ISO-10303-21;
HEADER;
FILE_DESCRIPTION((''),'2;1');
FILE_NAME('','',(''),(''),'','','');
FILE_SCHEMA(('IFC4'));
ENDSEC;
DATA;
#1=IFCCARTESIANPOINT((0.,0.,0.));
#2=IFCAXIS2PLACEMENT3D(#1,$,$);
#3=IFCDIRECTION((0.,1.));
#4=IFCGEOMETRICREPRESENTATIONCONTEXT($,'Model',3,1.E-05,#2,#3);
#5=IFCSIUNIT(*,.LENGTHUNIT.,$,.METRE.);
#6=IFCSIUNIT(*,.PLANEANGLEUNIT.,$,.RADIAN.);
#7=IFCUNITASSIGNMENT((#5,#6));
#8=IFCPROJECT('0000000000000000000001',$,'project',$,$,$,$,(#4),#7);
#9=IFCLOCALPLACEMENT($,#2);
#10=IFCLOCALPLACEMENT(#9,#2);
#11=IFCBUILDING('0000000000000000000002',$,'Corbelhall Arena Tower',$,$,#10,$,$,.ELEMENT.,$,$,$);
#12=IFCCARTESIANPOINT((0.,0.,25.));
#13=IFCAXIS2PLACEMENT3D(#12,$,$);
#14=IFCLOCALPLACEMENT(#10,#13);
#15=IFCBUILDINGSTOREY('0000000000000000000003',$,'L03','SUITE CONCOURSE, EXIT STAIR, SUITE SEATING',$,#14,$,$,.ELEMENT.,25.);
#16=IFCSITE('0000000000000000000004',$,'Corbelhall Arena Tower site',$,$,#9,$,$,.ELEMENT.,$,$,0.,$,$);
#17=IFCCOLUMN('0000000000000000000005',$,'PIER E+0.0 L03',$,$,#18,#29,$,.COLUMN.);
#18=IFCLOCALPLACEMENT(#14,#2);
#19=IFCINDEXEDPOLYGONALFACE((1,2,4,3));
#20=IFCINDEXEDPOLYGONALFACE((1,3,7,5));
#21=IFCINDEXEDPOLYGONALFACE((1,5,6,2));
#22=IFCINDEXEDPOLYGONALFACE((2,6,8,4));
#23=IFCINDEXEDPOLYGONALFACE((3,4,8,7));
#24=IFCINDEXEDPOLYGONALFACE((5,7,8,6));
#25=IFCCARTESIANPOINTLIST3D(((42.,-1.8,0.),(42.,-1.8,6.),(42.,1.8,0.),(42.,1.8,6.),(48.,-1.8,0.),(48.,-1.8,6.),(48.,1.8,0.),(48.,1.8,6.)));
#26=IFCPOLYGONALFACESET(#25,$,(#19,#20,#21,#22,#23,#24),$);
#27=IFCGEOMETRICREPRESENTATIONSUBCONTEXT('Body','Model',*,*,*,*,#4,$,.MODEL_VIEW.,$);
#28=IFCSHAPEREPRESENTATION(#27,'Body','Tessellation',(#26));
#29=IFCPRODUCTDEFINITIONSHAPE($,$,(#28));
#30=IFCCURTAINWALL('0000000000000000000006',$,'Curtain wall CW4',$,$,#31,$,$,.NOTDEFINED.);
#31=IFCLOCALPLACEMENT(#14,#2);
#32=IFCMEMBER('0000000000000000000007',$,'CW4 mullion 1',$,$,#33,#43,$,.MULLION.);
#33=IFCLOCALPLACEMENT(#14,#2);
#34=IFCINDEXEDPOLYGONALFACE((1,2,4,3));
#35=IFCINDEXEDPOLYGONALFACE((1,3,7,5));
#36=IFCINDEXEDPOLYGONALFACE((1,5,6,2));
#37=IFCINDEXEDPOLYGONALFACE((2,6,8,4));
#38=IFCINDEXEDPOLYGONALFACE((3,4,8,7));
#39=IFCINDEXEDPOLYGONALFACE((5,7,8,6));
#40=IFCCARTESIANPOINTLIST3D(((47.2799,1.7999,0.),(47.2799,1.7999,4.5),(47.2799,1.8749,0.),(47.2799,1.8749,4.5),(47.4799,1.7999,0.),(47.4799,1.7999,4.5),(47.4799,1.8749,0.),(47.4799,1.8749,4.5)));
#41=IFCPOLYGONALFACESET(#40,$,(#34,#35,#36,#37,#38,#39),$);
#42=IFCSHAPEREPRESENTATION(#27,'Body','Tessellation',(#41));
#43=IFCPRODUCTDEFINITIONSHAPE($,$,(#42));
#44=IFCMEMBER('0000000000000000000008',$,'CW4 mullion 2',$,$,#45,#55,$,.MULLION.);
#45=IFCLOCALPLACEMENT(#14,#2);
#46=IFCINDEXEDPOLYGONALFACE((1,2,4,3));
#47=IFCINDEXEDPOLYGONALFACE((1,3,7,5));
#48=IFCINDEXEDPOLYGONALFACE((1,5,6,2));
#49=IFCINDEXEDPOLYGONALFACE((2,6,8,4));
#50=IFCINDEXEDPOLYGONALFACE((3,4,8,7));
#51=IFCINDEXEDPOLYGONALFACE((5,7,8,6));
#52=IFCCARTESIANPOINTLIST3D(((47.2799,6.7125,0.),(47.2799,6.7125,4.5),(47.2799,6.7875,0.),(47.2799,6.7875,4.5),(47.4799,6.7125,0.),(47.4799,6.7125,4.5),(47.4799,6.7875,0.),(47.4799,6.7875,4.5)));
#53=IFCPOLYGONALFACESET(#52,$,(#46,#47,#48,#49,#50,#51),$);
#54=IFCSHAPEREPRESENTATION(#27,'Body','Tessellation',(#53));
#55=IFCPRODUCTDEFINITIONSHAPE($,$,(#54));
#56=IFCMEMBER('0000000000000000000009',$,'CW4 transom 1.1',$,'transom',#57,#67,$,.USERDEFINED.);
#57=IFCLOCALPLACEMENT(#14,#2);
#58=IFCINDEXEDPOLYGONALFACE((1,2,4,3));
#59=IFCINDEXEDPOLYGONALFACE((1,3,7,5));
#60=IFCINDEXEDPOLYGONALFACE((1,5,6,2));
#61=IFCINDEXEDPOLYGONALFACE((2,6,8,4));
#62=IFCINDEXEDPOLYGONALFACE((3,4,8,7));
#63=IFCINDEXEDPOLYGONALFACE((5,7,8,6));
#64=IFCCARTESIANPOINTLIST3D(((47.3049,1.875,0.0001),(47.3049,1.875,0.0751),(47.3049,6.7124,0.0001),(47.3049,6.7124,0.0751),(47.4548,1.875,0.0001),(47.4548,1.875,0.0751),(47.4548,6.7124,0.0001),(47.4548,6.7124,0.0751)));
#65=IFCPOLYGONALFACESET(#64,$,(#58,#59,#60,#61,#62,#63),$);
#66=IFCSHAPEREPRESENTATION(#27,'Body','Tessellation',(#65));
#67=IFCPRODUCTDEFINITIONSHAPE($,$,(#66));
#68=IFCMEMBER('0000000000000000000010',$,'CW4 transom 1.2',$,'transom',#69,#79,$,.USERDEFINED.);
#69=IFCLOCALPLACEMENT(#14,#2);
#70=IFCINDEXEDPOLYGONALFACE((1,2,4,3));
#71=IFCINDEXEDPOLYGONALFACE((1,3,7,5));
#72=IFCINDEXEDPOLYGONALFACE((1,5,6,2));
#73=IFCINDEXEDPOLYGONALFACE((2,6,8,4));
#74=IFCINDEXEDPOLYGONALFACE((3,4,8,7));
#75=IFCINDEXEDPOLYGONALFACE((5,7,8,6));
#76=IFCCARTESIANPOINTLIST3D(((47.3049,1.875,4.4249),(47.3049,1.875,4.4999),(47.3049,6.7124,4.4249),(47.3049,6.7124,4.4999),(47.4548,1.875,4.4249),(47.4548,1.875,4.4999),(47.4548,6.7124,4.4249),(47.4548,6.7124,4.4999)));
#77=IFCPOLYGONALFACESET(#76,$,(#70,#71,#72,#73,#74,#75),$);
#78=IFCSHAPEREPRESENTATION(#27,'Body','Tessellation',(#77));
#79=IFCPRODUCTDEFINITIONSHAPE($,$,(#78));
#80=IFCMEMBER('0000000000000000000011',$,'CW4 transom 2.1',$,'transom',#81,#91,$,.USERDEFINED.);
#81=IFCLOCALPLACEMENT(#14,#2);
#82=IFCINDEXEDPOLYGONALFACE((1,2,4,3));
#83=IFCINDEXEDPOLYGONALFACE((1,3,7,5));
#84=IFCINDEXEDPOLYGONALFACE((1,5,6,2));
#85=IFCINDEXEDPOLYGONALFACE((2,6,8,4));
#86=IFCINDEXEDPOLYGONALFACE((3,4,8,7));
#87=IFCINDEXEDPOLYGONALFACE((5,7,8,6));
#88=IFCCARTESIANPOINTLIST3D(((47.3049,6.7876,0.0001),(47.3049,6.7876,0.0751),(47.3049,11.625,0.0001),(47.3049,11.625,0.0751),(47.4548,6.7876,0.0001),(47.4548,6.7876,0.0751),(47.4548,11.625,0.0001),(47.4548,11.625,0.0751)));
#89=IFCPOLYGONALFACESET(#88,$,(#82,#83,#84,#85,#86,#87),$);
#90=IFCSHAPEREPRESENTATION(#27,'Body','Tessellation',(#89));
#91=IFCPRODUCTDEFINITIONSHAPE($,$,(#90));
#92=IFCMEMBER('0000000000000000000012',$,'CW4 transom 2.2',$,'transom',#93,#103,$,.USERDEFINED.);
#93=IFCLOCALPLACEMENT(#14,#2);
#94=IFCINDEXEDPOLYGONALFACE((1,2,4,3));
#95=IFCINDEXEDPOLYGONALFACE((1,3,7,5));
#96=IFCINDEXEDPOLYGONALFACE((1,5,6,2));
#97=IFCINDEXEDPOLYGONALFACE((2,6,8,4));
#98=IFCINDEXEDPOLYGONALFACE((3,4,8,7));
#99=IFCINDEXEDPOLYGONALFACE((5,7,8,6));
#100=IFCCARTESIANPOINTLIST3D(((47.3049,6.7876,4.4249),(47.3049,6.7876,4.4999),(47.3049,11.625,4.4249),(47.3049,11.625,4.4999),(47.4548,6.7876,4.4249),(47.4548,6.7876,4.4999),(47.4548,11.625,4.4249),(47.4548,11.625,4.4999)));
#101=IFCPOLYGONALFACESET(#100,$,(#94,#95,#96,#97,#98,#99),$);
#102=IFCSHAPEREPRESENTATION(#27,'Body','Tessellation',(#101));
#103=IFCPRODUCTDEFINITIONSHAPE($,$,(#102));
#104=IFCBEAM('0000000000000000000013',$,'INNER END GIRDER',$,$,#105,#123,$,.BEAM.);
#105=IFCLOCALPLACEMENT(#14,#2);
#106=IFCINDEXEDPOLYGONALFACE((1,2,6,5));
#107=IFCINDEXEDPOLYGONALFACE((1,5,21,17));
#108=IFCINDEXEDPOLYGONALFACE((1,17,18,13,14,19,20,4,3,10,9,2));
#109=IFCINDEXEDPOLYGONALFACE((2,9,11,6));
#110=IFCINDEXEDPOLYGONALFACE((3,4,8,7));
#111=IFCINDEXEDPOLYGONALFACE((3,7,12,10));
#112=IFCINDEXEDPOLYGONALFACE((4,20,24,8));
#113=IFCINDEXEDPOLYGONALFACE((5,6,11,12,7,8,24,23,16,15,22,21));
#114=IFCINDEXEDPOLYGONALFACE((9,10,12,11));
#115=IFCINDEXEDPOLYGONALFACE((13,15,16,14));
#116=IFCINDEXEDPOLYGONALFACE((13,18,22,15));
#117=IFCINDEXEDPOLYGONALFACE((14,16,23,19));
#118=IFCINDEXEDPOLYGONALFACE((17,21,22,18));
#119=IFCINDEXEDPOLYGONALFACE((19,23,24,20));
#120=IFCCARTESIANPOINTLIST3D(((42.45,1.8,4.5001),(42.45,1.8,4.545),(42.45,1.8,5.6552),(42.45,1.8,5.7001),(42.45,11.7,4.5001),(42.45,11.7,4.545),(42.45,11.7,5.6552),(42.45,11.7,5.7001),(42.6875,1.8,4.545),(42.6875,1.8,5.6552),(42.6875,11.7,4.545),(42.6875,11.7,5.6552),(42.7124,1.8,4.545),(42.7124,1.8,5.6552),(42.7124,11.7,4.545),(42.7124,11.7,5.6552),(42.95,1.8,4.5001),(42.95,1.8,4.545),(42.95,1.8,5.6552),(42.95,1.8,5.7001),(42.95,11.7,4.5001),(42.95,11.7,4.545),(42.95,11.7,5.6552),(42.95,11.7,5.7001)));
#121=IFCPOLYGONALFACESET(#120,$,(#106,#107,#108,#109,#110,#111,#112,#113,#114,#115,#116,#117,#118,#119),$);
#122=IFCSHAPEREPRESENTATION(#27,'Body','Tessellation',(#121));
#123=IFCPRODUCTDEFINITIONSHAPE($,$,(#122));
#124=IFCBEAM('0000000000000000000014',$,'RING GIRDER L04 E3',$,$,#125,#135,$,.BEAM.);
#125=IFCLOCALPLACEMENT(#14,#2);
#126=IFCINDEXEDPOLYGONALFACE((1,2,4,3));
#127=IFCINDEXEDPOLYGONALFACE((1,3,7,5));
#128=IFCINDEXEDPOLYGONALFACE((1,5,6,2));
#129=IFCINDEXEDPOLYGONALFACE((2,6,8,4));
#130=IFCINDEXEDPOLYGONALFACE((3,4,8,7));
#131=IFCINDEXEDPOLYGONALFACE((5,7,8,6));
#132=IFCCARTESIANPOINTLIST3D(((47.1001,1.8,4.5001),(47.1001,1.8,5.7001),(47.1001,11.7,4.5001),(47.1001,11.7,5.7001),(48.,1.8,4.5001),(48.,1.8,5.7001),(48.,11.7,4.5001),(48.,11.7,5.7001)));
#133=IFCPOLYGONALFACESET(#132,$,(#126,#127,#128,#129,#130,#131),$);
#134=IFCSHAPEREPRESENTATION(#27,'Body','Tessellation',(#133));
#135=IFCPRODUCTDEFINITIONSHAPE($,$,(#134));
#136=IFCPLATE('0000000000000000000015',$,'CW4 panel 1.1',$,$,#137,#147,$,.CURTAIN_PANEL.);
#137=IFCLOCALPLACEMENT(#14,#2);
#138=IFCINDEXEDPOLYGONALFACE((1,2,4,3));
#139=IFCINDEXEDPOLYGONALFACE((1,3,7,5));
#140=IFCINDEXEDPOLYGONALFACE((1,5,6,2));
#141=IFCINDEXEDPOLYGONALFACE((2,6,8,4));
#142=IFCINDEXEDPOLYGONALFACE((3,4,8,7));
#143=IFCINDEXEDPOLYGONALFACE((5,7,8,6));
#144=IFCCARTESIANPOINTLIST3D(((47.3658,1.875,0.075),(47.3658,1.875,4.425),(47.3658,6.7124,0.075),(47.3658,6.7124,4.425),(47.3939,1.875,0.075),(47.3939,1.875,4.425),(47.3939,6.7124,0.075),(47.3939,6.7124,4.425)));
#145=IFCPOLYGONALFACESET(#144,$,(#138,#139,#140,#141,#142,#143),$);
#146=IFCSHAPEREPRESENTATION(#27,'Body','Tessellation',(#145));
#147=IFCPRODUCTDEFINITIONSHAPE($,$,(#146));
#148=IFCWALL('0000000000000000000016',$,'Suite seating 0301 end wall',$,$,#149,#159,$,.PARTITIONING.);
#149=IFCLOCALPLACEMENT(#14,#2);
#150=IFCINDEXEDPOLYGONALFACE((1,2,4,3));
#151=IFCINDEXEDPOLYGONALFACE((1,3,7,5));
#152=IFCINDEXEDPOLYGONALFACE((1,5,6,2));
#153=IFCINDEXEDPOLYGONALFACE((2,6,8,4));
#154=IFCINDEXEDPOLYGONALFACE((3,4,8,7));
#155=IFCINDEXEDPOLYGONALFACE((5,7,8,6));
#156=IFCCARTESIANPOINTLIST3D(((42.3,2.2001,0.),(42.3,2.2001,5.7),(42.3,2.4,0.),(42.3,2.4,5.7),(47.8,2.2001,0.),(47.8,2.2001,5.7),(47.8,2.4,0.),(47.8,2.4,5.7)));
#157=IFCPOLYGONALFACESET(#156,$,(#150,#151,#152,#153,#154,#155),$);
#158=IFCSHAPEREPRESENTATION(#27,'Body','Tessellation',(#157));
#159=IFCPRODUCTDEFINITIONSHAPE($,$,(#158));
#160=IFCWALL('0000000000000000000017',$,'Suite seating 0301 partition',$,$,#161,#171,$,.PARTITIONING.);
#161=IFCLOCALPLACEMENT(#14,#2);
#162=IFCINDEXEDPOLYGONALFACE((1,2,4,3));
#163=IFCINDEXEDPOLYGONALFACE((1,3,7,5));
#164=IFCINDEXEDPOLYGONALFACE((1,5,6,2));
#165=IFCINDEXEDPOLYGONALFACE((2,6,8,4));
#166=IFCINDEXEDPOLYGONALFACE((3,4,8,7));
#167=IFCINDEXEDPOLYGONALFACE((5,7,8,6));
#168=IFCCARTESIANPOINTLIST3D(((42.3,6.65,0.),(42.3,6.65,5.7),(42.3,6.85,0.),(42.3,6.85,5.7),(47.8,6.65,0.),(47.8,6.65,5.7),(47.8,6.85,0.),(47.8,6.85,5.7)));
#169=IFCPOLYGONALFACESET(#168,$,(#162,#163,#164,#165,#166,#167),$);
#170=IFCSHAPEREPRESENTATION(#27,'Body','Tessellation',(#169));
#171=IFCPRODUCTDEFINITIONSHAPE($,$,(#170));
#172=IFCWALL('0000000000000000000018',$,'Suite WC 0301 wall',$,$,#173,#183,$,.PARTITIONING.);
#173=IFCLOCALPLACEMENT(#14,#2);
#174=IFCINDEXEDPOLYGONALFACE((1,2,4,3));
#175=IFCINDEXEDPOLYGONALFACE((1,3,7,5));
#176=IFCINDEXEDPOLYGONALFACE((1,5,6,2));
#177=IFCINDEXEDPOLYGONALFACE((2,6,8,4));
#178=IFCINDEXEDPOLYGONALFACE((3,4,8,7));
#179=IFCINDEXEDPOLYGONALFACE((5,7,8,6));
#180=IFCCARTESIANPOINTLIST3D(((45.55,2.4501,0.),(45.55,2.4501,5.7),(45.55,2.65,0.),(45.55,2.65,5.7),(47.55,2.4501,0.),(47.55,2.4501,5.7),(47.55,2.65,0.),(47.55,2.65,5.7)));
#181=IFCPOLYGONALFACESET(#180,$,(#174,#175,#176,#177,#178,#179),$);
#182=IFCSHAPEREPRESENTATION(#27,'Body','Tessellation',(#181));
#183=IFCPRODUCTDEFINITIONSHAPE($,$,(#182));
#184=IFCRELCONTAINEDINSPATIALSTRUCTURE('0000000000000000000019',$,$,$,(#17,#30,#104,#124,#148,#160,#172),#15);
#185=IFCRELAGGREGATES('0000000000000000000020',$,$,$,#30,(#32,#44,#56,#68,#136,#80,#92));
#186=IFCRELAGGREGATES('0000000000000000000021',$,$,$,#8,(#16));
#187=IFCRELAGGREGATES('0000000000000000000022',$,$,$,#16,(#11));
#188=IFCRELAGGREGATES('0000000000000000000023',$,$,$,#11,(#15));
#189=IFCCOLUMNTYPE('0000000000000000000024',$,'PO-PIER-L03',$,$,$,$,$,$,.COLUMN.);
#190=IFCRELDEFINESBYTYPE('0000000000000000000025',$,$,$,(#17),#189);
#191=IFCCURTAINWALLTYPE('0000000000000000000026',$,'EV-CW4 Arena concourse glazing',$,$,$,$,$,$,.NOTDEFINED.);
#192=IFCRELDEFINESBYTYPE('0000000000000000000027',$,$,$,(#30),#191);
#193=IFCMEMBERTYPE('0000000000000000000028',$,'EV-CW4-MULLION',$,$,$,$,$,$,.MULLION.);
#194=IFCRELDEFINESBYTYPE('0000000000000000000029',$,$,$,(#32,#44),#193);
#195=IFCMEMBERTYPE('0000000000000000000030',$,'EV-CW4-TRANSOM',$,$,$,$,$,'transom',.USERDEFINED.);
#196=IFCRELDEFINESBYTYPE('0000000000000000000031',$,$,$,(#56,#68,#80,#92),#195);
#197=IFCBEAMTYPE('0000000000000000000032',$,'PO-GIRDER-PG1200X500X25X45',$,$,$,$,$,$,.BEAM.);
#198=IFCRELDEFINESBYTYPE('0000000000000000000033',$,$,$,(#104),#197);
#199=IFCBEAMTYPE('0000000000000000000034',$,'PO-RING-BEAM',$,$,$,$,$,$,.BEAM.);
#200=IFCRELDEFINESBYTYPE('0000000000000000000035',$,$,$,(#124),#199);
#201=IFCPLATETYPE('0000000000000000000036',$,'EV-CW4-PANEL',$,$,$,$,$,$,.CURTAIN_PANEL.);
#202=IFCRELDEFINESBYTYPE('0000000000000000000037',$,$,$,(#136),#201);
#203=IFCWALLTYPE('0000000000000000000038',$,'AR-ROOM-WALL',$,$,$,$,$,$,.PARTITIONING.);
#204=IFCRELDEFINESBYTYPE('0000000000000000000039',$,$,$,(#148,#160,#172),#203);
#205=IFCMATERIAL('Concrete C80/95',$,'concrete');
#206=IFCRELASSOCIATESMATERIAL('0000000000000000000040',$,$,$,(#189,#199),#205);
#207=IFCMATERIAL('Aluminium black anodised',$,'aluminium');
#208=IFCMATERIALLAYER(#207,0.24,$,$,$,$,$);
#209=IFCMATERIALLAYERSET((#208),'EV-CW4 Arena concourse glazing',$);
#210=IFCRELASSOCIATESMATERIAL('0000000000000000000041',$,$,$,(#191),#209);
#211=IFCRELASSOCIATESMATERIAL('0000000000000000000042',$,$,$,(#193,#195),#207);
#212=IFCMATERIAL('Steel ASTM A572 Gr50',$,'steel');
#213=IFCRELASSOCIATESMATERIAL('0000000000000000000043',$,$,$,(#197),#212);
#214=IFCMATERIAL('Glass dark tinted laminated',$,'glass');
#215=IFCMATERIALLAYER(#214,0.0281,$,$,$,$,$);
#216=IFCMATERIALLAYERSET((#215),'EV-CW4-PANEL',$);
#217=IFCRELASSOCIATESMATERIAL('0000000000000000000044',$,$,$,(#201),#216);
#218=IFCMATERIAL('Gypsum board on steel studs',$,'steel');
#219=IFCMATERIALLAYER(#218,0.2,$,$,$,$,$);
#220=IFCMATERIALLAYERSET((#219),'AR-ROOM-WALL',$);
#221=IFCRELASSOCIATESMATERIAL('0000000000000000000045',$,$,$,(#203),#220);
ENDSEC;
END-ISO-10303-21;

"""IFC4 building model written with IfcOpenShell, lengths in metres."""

from ifc_helpers import new_model, si_unit, direction, frame, frame_2d, origin, origin_2d, place, context, subcontext, project, spatial, rectangle, i_section, extrude, material, layer, layer_set, material_profile, profile_set, type_object, element, aggregate, save


model = new_model("IFC4")

# Units and contexts
model_context = context("Model", 3, precision=1e-05, world=origin(), true_north=direction((0.0, 1.0)))
body_context = subcontext(model_context, "Body", "Model", "MODEL_VIEW")
ifc_project = project(units=[si_unit("LENGTHUNIT", "METRE"), si_unit("PLANEANGLEUNIT", "RADIAN")], contexts=[model_context])

# Site, building, storey
site_placement = place(None, origin())
site = spatial("IfcSite", under=ifc_project, at=site_placement, Name="Corbelhall Arena Tower site", CompositionType="ELEMENT", RefElevation=0.0)
building_placement = place(site_placement, origin())
building = spatial("IfcBuilding", under=site, at=building_placement, Name="Corbelhall Arena Tower", CompositionType="ELEMENT")
storey_placement = place(building_placement, frame((0.0, 0.0, 25.0)))
storey = spatial("IfcBuildingStorey", under=building, at=storey_placement, Name="L03", Description="SUITE CONCOURSE, EXIT STAIR, SUITE SEATING", CompositionType="ELEMENT", Elevation=25.0)

# Column
ifc_material_1 = material(Name="Concrete C80/95", Category="concrete")
ifc_material_profile_1 = material_profile(ifc_material_1, rectangle(XDim=3.6001, YDim=6.0, at=origin_2d()))
ifc_profile_set_1 = profile_set([ifc_material_profile_1], Name="Concrete C80/95")
column_type = type_object("IfcColumnType", Name="PO-PIER-L03", PredefinedType="COLUMN", material=ifc_profile_set_1)
column_placement = place(storey_placement, frame((45.0, 0.0, 0.0), z_axis=(0.0, 0.0, 1.0), x_axis=(0.0, 1.0, 0.0)))
element("IfcColumn", 1, at=column_placement, inside=storey, type_object=column_type, Name="PIER E+0.0 L03", PredefinedType="COLUMN", context=body_context, shape_type="SweptSolid", body=[
    extrude(rectangle(XDim=3.6001, YDim=6.0, at=origin_2d()), origin(), (0.0, 0.0, 1.0), 6.0),
])

# Curtain wall, members
ifc_material_2 = material(Name="Aluminium black anodised", Category="aluminium")
ifc_layer_1 = layer(ifc_material_2, 0.24)
ifc_layer_set_1 = layer_set([ifc_layer_1], Name="EV-CW4 Arena concourse glazing")
curtain_wall_type = type_object("IfcCurtainWallType", Name="EV-CW4 Arena concourse glazing", PredefinedType="NOTDEFINED", material=ifc_layer_set_1)
curtain_wall_placement = place(storey_placement, origin())
curtain_wall = element("IfcCurtainWall", 2, at=curtain_wall_placement, inside=storey, type_object=curtain_wall_type, Name="Curtain wall CW4", PredefinedType="NOTDEFINED")
ifc_material_profile_2 = material_profile(ifc_material_2, rectangle(XDim=0.2, YDim=0.075, at=origin_2d()))
ifc_profile_set_2 = profile_set([ifc_material_profile_2], Name="Aluminium black anodised")
member_type_1 = type_object("IfcMemberType", Name="EV-CW4-MULLION", PredefinedType="MULLION", material=ifc_profile_set_2)
member_1_placement = place(storey_placement, frame((47.3799, 1.8374, 0.0), z_axis=(0.0, 0.0, 1.0), x_axis=(-1.0, 0.0, 0.0)))
member_1 = element("IfcMember", 3, at=member_1_placement, type_object=member_type_1, Name="CW4 mullion 1", PredefinedType="MULLION", context=body_context, shape_type="SweptSolid", body=[
    extrude(rectangle(XDim=0.2, YDim=0.075, at=origin_2d()), origin(), (0.0, 0.0, 1.0), 4.5),
])
member_2_placement = place(storey_placement, frame((47.3799, 6.75, 0.0), z_axis=(0.0, 0.0, 1.0), x_axis=(-1.0, 0.0, 0.0)))
member_2 = element("IfcMember", 4, at=member_2_placement, type_object=member_type_1, Name="CW4 mullion 2", PredefinedType="MULLION", context=body_context, shape_type="SweptSolid", body=[
    extrude(rectangle(XDim=0.2, YDim=0.075, at=origin_2d()), origin(), (0.0, 0.0, 1.0), 4.5),
])
ifc_material_profile_3 = material_profile(ifc_material_2, rectangle(XDim=0.1499, YDim=0.075, at=origin_2d()))
ifc_profile_set_3 = profile_set([ifc_material_profile_3], Name="Aluminium black anodised")
member_type_2 = type_object("IfcMemberType", Name="EV-CW4-TRANSOM", ElementType="transom", PredefinedType="USERDEFINED", material=ifc_profile_set_3)
member_3_placement = place(storey_placement, frame((47.3799, 1.875, 0.0376), z_axis=(0.0, 1.0, 0.0), x_axis=(-1.0, 0.0, 0.0)))
member_3 = element("IfcMember", 5, at=member_3_placement, type_object=member_type_2, Name="CW4 transom 1.1", ObjectType="transom", PredefinedType="USERDEFINED", context=body_context, shape_type="SweptSolid", body=[
    extrude(rectangle(XDim=0.1499, YDim=0.075, at=origin_2d()), origin(), (0.0, 0.0, 1.0), 4.8374),
])
member_4_placement = place(storey_placement, frame((47.3799, 1.875, 4.4624), z_axis=(0.0, 1.0, 0.0), x_axis=(-1.0, 0.0, 0.0)))
member_4 = element("IfcMember", 6, at=member_4_placement, type_object=member_type_2, Name="CW4 transom 1.2", ObjectType="transom", PredefinedType="USERDEFINED", context=body_context, shape_type="SweptSolid", body=[
    extrude(rectangle(XDim=0.1499, YDim=0.075, at=origin_2d()), origin(), (0.0, 0.0, 1.0), 4.8374),
])
member_5_placement = place(storey_placement, frame((47.3799, 6.7876, 0.0376), z_axis=(0.0, 1.0, 0.0), x_axis=(-1.0, 0.0, 0.0)))
member_5 = element("IfcMember", 7, at=member_5_placement, type_object=member_type_2, Name="CW4 transom 2.1", ObjectType="transom", PredefinedType="USERDEFINED", context=body_context, shape_type="SweptSolid", body=[
    extrude(rectangle(XDim=0.1499, YDim=0.075, at=origin_2d()), origin(), (0.0, 0.0, 1.0), 4.8374),
])
member_6_placement = place(storey_placement, frame((47.3799, 6.7876, 4.4624), z_axis=(0.0, 1.0, 0.0), x_axis=(-1.0, 0.0, 0.0)))
member_6 = element("IfcMember", 8, at=member_6_placement, type_object=member_type_2, Name="CW4 transom 2.2", ObjectType="transom", PredefinedType="USERDEFINED", context=body_context, shape_type="SweptSolid", body=[
    extrude(rectangle(XDim=0.1499, YDim=0.075, at=origin_2d()), origin(), (0.0, 0.0, 1.0), 4.8374),
])

# Beams
ifc_material_3 = material(Name="Steel ASTM A572 Gr50", Category="steel")
ifc_material_profile_4 = material_profile(ifc_material_3, i_section(OverallWidth=0.5, OverallDepth=1.2, WebThickness=0.0249, FlangeThickness=0.0449, at=origin_2d()))
ifc_profile_set_4 = profile_set([ifc_material_profile_4], Name="Steel ASTM A572 Gr50")
beam_type_1 = type_object("IfcBeamType", Name="PO-GIRDER-PG1200X500X25X45", PredefinedType="BEAM", material=ifc_profile_set_4)
beam_1_placement = place(storey_placement, frame((42.7, 1.8, 5.1001), z_axis=(0.0, 1.0, 0.0), x_axis=(-1.0, 0.0, 0.0)))
element("IfcBeam", 9, at=beam_1_placement, inside=storey, type_object=beam_type_1, Name="INNER END GIRDER", PredefinedType="BEAM", context=body_context, shape_type="SweptSolid", body=[
    extrude(i_section(OverallWidth=0.5, OverallDepth=1.2, WebThickness=0.0249, FlangeThickness=0.0449, at=origin_2d()), origin(), (0.0, 0.0, 1.0), 9.8999),
])
ifc_material_profile_5 = material_profile(ifc_material_1, rectangle(XDim=0.8999, YDim=1.2, at=origin_2d()))
ifc_profile_set_5 = profile_set([ifc_material_profile_5], Name="Concrete C80/95")
beam_type_2 = type_object("IfcBeamType", Name="PO-RING-BEAM", PredefinedType="BEAM", material=ifc_profile_set_5)
beam_2_placement = place(storey_placement, frame((47.55, 1.8, 5.1001), z_axis=(0.0, 1.0, 0.0), x_axis=(-1.0, 0.0, 0.0)))
element("IfcBeam", 10, at=beam_2_placement, inside=storey, type_object=beam_type_2, Name="RING GIRDER L04 E3", PredefinedType="BEAM", context=body_context, shape_type="SweptSolid", body=[
    extrude(rectangle(XDim=0.8999, YDim=1.2, at=origin_2d()), origin(), (0.0, 0.0, 1.0), 9.8999),
])

# Plate
ifc_material_4 = material(Name="Glass dark tinted laminated", Category="glass")
ifc_layer_2 = layer(ifc_material_4, 0.0281)
ifc_layer_set_2 = layer_set([ifc_layer_2], Name="EV-CW4-PANEL")
plate_type = type_object("IfcPlateType", Name="EV-CW4-PANEL", PredefinedType="CURTAIN_PANEL", material=ifc_layer_set_2)
plate_placement = place(storey_placement, frame((47.3799, 4.2937, 0.075), z_axis=(0.0, 0.0, 1.0), x_axis=(0.0, 1.0, 0.0)))
plate = element("IfcPlate", 11, at=plate_placement, type_object=plate_type, Name="CW4 panel 1.1", PredefinedType="CURTAIN_PANEL", context=body_context, shape_type="SweptSolid", body=[
    extrude(rectangle(XDim=4.8374, YDim=0.0281, at=origin_2d()), origin(), (0.0, 0.0, 1.0), 4.3501),
])
aggregate(curtain_wall, [member_1, member_2, member_3, member_4, plate, member_5, member_6])

# Shared definitions
ifc_material_5 = material(Name="Gypsum board on steel studs", Category="steel")
ifc_layer_3 = layer(ifc_material_5, 0.2)
ifc_layer_set_3 = layer_set([ifc_layer_3], Name="AR-ROOM-WALL")
wall_type_1 = type_object("IfcWallType", Name="AR-ROOM-WALL", PredefinedType="PARTITIONING", material=ifc_layer_set_3)

# Walls
for number, where, z_axis, x_axis, name in (
    (12, (42.3, 2.3, 0.0), (0.0, 0.0, 1.0), (1.0, 0.0, 0.0), "Suite seating 0301 end wall"),
    (13, (42.3, 6.75, 0.0), (0.0, 0.0, 1.0), (1.0, 0.0, 0.0), "Suite seating 0301 partition"),
):
    element("IfcWall", number, at=place(storey_placement, frame(where, z_axis=z_axis, x_axis=x_axis)), inside=storey, type_object=wall_type_1, Name=name, PredefinedType="PARTITIONING", context=body_context, shape_type="SweptSolid", body=[
        extrude(rectangle(XDim=5.5, YDim=0.2, at=frame_2d((2.75, 0.0))), origin(), (0.0, 0.0, 1.0), 5.7),
    ])
for number, where, z_axis, x_axis, name in (
    (14, (45.55, 2.55, 0.0), (0.0, 0.0, 1.0), (1.0, 0.0, 0.0), "Suite WC 0301 wall"),
):
    element("IfcWall", number, at=place(storey_placement, frame(where, z_axis=z_axis, x_axis=x_axis)), inside=storey, type_object=wall_type_1, Name=name, PredefinedType="PARTITIONING", context=body_context, shape_type="SweptSolid", body=[
        extrude(rectangle(XDim=2.0, YDim=0.2, at=frame_2d((1.0, 0.0))), origin(), (0.0, 0.0, 1.0), 5.7),
    ])

save(model, "model.ifc")
